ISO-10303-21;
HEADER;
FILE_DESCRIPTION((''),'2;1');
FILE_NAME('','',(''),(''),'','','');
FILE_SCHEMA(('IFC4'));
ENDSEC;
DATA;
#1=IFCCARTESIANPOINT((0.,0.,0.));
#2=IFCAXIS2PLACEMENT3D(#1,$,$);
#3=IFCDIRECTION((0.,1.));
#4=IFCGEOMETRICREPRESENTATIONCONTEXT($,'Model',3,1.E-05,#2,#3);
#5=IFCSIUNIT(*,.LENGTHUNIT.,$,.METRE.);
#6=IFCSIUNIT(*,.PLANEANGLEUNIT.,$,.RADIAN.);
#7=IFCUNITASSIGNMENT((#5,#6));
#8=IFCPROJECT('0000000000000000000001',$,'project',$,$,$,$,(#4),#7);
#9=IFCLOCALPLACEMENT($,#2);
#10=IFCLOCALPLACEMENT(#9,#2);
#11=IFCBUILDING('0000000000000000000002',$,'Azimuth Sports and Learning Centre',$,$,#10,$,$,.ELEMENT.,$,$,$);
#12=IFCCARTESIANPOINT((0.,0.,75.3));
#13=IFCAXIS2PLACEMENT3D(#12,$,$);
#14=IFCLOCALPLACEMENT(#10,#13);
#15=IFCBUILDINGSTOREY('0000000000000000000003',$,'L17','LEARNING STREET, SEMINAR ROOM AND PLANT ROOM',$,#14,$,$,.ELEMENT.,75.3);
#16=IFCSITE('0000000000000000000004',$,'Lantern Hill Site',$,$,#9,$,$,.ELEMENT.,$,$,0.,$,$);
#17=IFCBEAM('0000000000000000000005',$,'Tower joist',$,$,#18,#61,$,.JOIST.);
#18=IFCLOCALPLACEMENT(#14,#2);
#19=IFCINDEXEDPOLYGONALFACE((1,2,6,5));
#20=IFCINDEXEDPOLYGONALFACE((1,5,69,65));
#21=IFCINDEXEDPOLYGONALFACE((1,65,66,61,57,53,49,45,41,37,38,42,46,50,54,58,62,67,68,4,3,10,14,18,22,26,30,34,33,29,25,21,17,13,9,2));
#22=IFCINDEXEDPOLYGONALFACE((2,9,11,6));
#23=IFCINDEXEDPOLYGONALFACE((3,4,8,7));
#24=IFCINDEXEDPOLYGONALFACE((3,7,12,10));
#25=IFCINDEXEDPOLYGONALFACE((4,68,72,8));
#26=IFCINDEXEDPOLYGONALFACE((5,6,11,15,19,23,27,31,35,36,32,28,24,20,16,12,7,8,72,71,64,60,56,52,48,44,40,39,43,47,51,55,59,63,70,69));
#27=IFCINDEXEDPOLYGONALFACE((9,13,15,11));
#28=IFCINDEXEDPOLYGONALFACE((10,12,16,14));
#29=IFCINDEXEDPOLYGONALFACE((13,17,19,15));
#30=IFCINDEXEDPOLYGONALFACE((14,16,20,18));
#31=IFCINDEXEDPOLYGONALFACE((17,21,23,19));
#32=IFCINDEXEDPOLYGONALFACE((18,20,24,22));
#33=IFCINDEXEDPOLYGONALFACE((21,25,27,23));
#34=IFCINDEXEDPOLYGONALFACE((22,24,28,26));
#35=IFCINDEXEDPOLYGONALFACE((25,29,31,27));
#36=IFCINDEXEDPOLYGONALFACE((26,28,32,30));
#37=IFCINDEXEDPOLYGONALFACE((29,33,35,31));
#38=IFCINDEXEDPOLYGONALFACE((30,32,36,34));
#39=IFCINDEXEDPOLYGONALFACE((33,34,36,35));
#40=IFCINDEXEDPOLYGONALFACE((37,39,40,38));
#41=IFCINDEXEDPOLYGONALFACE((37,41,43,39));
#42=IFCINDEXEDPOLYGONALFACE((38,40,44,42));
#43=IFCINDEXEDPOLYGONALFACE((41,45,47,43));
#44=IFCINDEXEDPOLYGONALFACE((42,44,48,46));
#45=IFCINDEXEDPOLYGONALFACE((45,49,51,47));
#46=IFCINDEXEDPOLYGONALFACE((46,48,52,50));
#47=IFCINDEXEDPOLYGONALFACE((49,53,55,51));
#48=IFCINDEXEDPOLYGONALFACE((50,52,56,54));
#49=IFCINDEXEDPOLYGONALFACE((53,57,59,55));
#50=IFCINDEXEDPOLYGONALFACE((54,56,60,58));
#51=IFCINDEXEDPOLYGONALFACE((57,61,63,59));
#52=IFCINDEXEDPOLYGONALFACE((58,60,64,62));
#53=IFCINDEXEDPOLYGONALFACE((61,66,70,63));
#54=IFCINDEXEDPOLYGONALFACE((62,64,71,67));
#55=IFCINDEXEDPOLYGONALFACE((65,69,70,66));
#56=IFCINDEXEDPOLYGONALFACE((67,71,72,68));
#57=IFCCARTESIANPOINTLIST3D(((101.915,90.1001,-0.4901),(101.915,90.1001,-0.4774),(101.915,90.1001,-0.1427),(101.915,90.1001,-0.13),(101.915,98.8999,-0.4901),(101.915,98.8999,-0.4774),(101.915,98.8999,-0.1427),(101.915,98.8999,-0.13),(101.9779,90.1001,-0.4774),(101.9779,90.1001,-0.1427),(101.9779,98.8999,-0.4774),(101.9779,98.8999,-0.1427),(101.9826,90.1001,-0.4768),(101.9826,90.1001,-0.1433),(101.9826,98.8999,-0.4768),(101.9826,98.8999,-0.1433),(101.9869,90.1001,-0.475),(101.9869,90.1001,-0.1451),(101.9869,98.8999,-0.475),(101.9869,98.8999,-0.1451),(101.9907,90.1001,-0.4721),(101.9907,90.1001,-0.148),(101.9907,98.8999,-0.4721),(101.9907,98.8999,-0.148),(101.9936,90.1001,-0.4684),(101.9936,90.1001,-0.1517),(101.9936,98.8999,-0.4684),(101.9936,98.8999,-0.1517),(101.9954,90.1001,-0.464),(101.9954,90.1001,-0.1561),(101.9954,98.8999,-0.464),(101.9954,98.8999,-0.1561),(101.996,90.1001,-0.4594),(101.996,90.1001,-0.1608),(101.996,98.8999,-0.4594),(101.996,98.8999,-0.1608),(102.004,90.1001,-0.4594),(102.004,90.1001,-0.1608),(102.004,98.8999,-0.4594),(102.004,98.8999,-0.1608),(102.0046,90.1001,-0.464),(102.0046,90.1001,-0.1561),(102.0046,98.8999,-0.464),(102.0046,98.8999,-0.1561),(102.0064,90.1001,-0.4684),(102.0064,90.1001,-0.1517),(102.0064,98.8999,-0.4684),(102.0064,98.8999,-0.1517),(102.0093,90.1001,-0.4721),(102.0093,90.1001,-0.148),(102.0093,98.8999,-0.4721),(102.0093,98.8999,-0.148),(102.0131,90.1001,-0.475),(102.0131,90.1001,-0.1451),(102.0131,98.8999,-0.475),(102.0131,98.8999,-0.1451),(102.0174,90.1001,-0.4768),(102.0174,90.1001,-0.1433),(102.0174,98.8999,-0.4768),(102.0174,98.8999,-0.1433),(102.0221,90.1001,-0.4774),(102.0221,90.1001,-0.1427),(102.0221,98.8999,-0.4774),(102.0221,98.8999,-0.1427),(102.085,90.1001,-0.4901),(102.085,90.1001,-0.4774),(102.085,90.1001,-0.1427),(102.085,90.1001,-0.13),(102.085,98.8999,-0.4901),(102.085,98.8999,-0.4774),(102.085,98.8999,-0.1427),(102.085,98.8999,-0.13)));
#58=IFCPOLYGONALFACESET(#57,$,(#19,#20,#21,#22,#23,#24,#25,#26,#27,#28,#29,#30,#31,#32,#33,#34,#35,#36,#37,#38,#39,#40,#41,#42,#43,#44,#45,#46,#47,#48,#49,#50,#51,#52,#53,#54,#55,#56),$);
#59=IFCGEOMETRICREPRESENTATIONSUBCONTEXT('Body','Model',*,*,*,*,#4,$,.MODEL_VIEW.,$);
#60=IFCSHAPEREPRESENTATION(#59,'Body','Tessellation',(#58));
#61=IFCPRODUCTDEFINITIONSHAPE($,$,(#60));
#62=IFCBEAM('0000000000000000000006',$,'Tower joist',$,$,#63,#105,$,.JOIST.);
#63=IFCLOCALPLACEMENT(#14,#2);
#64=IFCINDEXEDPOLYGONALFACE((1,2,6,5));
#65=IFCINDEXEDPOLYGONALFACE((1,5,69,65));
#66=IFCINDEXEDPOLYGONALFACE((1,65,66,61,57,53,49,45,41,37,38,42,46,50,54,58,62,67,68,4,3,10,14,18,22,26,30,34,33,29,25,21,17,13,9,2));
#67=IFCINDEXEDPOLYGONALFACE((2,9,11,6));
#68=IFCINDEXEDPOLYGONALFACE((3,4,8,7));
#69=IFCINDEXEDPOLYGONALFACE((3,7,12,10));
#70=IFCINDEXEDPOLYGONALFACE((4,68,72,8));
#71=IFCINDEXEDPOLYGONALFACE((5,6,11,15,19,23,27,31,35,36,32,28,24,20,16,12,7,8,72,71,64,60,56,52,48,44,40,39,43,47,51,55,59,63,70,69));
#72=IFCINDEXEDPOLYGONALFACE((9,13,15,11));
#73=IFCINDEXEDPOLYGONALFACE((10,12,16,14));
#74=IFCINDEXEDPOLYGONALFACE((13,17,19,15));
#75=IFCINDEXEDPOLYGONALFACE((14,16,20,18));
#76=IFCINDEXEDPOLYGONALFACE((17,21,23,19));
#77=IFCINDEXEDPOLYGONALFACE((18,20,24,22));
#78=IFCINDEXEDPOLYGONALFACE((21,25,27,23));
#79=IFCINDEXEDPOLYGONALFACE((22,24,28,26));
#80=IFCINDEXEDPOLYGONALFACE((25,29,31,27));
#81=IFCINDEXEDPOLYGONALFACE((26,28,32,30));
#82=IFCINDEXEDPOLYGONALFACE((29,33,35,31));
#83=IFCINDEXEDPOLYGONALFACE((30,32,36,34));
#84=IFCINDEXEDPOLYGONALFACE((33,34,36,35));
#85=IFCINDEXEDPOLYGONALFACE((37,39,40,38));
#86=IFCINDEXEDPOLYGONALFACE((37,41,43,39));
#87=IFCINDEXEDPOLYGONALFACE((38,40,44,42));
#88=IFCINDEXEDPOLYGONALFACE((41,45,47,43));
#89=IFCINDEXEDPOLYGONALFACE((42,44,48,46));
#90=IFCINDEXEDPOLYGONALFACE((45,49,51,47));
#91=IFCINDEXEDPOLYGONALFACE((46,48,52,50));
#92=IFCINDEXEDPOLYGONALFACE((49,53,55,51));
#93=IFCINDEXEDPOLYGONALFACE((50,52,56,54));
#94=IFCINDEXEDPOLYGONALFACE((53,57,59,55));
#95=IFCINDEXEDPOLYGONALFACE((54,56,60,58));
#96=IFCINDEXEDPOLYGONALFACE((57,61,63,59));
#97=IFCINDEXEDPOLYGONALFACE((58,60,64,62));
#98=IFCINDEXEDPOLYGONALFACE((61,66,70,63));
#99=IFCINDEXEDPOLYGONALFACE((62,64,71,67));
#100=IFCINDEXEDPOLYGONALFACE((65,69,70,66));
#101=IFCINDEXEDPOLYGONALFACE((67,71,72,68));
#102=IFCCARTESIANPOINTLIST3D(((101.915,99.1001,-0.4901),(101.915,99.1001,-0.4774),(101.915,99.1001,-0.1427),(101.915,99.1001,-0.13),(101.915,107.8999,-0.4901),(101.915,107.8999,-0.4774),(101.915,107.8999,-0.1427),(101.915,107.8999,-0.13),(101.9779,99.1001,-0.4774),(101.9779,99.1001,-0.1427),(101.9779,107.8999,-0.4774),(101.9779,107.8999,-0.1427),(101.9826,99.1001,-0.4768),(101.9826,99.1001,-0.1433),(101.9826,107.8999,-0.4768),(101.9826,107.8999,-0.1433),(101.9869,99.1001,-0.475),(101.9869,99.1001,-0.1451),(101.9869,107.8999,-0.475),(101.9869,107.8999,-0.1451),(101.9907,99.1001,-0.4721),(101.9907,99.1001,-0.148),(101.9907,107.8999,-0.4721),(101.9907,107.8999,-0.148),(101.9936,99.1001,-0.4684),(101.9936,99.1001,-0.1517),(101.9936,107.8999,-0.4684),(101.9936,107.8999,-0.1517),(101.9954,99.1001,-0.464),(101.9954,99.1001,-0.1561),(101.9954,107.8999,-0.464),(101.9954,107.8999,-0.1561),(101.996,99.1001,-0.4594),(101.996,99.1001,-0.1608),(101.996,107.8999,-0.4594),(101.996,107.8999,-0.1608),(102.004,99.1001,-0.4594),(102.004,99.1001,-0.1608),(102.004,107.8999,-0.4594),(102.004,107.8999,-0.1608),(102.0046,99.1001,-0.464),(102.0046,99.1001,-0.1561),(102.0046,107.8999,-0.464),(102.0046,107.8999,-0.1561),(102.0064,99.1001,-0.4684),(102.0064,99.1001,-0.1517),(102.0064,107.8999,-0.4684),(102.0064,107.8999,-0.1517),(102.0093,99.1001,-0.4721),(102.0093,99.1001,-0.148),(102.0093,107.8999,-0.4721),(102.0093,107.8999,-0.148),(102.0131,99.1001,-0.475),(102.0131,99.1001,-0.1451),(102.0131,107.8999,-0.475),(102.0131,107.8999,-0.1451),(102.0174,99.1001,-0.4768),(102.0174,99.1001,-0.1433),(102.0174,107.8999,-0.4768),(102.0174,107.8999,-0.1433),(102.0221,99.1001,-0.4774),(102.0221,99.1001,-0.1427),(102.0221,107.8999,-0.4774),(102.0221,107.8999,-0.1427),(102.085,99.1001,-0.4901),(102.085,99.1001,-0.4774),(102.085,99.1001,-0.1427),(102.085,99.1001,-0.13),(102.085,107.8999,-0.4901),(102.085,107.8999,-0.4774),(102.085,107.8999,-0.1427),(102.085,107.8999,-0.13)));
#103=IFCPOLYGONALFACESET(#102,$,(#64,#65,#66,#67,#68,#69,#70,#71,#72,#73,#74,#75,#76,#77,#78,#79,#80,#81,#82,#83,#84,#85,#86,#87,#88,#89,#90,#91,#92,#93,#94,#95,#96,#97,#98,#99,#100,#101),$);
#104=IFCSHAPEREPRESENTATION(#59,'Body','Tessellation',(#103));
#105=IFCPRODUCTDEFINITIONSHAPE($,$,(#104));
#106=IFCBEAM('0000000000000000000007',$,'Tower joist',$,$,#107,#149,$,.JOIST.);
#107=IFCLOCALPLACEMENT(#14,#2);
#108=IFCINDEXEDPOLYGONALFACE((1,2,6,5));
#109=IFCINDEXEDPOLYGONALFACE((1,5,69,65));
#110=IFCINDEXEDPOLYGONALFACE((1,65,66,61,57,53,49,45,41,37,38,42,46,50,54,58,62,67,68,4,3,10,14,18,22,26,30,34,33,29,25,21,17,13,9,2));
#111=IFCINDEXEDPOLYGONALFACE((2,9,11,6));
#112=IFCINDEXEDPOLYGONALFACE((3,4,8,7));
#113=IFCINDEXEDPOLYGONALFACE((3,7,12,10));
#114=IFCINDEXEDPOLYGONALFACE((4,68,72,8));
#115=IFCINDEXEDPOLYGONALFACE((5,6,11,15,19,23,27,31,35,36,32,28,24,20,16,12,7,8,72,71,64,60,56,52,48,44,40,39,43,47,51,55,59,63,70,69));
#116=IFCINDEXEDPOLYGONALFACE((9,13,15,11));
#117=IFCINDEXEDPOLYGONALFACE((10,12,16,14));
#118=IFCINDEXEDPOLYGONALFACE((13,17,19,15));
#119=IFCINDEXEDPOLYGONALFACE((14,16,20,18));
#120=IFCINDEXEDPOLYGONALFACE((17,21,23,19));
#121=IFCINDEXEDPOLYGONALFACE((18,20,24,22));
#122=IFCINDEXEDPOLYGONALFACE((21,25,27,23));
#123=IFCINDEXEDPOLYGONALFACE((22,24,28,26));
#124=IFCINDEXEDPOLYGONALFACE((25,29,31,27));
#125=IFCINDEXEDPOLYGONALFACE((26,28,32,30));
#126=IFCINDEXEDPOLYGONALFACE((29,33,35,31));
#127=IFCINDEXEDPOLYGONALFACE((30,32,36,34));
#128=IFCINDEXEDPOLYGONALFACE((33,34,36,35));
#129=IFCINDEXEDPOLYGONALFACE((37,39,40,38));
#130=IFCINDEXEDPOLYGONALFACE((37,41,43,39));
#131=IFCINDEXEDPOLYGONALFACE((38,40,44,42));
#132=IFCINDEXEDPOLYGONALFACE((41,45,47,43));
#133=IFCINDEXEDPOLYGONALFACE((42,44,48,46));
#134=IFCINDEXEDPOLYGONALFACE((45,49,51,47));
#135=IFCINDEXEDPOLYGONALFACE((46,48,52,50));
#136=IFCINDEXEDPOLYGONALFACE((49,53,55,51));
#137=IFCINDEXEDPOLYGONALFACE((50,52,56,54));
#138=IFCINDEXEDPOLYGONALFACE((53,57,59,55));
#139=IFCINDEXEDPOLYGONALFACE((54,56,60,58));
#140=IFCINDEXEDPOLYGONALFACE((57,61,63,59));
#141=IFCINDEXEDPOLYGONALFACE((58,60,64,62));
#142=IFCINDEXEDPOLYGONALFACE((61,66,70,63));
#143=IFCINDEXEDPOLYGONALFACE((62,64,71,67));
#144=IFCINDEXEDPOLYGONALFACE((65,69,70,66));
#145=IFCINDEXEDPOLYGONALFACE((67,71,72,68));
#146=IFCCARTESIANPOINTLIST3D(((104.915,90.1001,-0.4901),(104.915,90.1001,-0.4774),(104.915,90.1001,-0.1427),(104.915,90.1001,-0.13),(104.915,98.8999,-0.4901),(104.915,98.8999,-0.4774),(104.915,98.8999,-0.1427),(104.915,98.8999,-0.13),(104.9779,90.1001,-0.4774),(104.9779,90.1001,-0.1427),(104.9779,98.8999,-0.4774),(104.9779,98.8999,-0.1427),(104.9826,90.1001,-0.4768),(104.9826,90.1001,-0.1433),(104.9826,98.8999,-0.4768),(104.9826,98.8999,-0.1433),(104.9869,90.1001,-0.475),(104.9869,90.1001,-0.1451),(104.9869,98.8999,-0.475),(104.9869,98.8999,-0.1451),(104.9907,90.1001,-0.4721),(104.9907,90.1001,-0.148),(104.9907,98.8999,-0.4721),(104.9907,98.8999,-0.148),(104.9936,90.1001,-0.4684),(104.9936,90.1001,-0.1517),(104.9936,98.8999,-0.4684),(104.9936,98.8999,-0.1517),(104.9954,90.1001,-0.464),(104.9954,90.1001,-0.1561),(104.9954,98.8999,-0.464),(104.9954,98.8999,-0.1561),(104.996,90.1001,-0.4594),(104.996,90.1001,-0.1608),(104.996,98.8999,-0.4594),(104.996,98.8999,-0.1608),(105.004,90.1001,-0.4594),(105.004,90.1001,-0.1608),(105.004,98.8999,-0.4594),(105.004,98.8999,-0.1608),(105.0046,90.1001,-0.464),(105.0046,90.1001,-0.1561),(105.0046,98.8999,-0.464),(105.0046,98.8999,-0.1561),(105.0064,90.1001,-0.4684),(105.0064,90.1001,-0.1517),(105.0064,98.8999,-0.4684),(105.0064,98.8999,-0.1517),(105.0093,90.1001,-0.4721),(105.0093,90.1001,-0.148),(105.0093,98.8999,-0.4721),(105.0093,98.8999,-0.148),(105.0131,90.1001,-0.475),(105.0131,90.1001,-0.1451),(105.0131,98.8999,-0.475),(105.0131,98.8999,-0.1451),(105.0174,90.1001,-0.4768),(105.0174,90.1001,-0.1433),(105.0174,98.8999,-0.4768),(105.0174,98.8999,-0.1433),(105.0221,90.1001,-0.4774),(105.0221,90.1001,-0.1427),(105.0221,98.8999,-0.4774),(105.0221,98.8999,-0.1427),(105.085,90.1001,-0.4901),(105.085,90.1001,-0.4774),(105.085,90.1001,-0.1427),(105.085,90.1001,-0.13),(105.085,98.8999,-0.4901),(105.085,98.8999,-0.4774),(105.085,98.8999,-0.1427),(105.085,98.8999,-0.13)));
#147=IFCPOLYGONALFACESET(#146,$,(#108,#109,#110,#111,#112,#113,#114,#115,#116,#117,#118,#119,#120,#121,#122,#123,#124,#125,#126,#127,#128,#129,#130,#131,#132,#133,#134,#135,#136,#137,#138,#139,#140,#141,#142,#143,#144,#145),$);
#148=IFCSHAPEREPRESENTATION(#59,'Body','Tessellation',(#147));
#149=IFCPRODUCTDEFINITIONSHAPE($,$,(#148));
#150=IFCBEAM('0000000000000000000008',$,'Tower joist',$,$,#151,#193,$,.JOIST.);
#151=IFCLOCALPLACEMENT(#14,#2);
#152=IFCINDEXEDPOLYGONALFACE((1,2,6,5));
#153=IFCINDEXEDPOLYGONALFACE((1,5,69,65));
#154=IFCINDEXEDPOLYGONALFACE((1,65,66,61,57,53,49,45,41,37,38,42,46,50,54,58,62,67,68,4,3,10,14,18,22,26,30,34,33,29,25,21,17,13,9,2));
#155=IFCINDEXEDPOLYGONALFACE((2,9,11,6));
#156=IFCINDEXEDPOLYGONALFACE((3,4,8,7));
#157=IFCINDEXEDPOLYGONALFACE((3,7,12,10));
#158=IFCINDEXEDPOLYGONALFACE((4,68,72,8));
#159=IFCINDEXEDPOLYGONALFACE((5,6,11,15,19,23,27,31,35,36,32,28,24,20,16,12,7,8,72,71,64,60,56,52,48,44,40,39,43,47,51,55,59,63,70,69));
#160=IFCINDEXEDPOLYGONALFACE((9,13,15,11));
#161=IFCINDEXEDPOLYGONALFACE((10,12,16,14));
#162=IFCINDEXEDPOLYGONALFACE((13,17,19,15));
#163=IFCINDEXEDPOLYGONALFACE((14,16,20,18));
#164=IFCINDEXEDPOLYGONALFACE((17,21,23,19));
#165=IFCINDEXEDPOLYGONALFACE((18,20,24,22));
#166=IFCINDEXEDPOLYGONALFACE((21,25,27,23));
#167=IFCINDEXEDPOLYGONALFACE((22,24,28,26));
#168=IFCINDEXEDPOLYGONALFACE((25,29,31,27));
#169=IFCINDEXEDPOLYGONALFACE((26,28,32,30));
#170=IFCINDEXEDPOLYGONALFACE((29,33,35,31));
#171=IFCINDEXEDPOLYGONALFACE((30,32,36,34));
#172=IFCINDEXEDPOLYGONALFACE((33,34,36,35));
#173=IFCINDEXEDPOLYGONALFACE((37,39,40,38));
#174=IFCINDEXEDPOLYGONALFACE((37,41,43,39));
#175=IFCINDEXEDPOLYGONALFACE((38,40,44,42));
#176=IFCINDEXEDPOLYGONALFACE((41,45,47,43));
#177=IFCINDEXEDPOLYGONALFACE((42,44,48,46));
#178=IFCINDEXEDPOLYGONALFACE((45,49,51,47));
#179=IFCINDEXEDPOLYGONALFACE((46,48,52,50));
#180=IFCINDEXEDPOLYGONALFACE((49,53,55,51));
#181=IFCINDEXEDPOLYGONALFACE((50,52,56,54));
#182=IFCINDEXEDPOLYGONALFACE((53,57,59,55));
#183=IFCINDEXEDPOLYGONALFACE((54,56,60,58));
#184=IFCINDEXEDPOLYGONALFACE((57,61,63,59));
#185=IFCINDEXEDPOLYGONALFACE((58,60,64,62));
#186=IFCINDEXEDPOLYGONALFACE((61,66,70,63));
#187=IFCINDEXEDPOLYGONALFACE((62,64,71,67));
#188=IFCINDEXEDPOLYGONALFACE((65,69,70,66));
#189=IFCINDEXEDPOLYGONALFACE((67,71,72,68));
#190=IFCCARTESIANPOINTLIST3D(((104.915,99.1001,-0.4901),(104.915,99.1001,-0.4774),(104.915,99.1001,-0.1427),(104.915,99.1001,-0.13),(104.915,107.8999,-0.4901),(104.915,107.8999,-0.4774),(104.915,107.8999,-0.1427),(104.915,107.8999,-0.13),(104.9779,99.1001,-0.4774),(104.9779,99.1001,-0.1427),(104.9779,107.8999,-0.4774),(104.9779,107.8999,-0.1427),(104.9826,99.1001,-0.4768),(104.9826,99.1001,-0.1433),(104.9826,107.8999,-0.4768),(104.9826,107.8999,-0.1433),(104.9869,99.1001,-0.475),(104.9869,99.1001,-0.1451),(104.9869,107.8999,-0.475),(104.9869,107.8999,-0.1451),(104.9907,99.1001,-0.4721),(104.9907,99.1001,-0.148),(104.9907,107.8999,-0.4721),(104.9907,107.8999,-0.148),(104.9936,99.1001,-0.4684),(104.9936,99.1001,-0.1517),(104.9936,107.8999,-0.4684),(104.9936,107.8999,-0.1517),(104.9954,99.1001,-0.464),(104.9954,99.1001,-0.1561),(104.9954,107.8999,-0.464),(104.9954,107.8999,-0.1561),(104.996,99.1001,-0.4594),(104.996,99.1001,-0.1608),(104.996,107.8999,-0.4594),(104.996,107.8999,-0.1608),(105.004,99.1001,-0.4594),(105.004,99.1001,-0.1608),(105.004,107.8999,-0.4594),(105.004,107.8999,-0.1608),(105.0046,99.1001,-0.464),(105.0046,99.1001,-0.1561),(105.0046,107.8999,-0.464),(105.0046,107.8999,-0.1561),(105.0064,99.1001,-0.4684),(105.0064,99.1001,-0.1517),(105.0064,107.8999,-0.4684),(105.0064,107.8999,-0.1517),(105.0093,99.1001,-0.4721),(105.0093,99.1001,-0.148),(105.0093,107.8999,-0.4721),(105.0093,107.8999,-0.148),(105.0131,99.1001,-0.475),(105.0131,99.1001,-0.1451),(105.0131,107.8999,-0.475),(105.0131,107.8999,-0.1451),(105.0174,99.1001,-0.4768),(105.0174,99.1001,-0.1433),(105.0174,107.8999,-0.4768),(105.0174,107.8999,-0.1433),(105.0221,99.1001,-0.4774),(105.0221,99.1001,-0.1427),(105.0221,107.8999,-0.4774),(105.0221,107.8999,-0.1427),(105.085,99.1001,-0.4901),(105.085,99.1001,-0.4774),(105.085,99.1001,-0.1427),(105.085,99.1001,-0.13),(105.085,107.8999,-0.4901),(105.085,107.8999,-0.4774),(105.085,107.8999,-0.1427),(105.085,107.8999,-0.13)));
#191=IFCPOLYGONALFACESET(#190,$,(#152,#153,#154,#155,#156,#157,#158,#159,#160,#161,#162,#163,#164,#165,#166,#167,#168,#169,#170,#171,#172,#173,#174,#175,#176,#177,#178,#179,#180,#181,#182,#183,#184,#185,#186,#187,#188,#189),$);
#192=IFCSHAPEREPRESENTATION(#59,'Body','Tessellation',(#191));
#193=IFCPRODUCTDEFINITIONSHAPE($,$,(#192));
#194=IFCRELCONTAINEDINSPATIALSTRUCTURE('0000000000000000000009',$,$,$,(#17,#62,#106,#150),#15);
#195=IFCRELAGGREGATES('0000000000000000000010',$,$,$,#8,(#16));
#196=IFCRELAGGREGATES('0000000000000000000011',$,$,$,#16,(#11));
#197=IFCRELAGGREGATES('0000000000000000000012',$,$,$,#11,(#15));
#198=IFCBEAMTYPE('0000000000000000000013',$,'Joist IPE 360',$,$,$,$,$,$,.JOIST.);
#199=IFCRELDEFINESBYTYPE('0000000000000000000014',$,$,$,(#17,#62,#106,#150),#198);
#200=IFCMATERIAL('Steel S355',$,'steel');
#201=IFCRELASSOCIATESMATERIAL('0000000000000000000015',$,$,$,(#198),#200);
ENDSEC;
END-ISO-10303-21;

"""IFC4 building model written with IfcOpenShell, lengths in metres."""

from ifc_helpers import new_model, si_unit, direction, frame, origin, origin_2d, place, context, subcontext, project, spatial, i_section, extrude, material, material_profile, profile_set, type_object, element, save


model = new_model("IFC4")

# Units and contexts
model_context = context("Model", 3, precision=1e-05, world=origin(), true_north=direction((0.0, 1.0)))
body_context = subcontext(model_context, "Body", "Model", "MODEL_VIEW")
ifc_project = project(units=[si_unit("LENGTHUNIT", "METRE"), si_unit("PLANEANGLEUNIT", "RADIAN")], contexts=[model_context])

# Site, building, storey
site_placement = place(None, origin())
site = spatial("IfcSite", under=ifc_project, at=site_placement, Name="Lantern Hill Site", CompositionType="ELEMENT", RefElevation=0.0)
building_placement = place(site_placement, origin())
building = spatial("IfcBuilding", under=site, at=building_placement, Name="Azimuth Sports and Learning Centre", CompositionType="ELEMENT")
storey_placement = place(building_placement, frame((0.0, 0.0, 75.3)))
storey = spatial("IfcBuildingStorey", under=building, at=storey_placement, Name="L17", Description="LEARNING STREET, SEMINAR ROOM AND PLANT ROOM", CompositionType="ELEMENT", Elevation=75.3)

# Beams
ifc_material_1 = material(Name="Steel S355", Category="steel")
ifc_material_profile_1 = material_profile(ifc_material_1, i_section(OverallWidth=0.1699, OverallDepth=0.3601, WebThickness=0.0081, FlangeThickness=0.0127, FilletRadius=0.0181, at=origin_2d()), Name="IPE 360")
ifc_profile_set_1 = profile_set([ifc_material_profile_1], Name="Steel S355")
beam_type_1 = type_object("IfcBeamType", Name="Joist IPE 360", PredefinedType="JOIST", material=ifc_profile_set_1)
for number, where, z_axis, x_axis, name in (
    (1, (102.0, 90.1001, -0.3101), (0.0, 1.0, 0.0), (-1.0, 0.0, 0.0), "Tower joist"),
    (2, (102.0, 99.1001, -0.3101), (0.0, 1.0, 0.0), (-1.0, 0.0, 0.0), "Tower joist"),
    (3, (105.0, 90.1001, -0.3101), (0.0, 1.0, 0.0), (-1.0, 0.0, 0.0), "Tower joist"),
    (4, (105.0, 99.1001, -0.3101), (0.0, 1.0, 0.0), (-1.0, 0.0, 0.0), "Tower joist"),
):
    element("IfcBeam", number, at=place(storey_placement, frame(where, z_axis=z_axis, x_axis=x_axis)), inside=storey, type_object=beam_type_1, Name=name, PredefinedType="JOIST", context=body_context, shape_type="SweptSolid", body=[
        extrude(i_section(OverallWidth=0.1699, OverallDepth=0.3601, WebThickness=0.0081, FlangeThickness=0.0127, FilletRadius=0.0181, at=origin_2d()), origin(), (0.0, 0.0, 1.0), 8.7998),
    ])

save(model, "model.ifc")
